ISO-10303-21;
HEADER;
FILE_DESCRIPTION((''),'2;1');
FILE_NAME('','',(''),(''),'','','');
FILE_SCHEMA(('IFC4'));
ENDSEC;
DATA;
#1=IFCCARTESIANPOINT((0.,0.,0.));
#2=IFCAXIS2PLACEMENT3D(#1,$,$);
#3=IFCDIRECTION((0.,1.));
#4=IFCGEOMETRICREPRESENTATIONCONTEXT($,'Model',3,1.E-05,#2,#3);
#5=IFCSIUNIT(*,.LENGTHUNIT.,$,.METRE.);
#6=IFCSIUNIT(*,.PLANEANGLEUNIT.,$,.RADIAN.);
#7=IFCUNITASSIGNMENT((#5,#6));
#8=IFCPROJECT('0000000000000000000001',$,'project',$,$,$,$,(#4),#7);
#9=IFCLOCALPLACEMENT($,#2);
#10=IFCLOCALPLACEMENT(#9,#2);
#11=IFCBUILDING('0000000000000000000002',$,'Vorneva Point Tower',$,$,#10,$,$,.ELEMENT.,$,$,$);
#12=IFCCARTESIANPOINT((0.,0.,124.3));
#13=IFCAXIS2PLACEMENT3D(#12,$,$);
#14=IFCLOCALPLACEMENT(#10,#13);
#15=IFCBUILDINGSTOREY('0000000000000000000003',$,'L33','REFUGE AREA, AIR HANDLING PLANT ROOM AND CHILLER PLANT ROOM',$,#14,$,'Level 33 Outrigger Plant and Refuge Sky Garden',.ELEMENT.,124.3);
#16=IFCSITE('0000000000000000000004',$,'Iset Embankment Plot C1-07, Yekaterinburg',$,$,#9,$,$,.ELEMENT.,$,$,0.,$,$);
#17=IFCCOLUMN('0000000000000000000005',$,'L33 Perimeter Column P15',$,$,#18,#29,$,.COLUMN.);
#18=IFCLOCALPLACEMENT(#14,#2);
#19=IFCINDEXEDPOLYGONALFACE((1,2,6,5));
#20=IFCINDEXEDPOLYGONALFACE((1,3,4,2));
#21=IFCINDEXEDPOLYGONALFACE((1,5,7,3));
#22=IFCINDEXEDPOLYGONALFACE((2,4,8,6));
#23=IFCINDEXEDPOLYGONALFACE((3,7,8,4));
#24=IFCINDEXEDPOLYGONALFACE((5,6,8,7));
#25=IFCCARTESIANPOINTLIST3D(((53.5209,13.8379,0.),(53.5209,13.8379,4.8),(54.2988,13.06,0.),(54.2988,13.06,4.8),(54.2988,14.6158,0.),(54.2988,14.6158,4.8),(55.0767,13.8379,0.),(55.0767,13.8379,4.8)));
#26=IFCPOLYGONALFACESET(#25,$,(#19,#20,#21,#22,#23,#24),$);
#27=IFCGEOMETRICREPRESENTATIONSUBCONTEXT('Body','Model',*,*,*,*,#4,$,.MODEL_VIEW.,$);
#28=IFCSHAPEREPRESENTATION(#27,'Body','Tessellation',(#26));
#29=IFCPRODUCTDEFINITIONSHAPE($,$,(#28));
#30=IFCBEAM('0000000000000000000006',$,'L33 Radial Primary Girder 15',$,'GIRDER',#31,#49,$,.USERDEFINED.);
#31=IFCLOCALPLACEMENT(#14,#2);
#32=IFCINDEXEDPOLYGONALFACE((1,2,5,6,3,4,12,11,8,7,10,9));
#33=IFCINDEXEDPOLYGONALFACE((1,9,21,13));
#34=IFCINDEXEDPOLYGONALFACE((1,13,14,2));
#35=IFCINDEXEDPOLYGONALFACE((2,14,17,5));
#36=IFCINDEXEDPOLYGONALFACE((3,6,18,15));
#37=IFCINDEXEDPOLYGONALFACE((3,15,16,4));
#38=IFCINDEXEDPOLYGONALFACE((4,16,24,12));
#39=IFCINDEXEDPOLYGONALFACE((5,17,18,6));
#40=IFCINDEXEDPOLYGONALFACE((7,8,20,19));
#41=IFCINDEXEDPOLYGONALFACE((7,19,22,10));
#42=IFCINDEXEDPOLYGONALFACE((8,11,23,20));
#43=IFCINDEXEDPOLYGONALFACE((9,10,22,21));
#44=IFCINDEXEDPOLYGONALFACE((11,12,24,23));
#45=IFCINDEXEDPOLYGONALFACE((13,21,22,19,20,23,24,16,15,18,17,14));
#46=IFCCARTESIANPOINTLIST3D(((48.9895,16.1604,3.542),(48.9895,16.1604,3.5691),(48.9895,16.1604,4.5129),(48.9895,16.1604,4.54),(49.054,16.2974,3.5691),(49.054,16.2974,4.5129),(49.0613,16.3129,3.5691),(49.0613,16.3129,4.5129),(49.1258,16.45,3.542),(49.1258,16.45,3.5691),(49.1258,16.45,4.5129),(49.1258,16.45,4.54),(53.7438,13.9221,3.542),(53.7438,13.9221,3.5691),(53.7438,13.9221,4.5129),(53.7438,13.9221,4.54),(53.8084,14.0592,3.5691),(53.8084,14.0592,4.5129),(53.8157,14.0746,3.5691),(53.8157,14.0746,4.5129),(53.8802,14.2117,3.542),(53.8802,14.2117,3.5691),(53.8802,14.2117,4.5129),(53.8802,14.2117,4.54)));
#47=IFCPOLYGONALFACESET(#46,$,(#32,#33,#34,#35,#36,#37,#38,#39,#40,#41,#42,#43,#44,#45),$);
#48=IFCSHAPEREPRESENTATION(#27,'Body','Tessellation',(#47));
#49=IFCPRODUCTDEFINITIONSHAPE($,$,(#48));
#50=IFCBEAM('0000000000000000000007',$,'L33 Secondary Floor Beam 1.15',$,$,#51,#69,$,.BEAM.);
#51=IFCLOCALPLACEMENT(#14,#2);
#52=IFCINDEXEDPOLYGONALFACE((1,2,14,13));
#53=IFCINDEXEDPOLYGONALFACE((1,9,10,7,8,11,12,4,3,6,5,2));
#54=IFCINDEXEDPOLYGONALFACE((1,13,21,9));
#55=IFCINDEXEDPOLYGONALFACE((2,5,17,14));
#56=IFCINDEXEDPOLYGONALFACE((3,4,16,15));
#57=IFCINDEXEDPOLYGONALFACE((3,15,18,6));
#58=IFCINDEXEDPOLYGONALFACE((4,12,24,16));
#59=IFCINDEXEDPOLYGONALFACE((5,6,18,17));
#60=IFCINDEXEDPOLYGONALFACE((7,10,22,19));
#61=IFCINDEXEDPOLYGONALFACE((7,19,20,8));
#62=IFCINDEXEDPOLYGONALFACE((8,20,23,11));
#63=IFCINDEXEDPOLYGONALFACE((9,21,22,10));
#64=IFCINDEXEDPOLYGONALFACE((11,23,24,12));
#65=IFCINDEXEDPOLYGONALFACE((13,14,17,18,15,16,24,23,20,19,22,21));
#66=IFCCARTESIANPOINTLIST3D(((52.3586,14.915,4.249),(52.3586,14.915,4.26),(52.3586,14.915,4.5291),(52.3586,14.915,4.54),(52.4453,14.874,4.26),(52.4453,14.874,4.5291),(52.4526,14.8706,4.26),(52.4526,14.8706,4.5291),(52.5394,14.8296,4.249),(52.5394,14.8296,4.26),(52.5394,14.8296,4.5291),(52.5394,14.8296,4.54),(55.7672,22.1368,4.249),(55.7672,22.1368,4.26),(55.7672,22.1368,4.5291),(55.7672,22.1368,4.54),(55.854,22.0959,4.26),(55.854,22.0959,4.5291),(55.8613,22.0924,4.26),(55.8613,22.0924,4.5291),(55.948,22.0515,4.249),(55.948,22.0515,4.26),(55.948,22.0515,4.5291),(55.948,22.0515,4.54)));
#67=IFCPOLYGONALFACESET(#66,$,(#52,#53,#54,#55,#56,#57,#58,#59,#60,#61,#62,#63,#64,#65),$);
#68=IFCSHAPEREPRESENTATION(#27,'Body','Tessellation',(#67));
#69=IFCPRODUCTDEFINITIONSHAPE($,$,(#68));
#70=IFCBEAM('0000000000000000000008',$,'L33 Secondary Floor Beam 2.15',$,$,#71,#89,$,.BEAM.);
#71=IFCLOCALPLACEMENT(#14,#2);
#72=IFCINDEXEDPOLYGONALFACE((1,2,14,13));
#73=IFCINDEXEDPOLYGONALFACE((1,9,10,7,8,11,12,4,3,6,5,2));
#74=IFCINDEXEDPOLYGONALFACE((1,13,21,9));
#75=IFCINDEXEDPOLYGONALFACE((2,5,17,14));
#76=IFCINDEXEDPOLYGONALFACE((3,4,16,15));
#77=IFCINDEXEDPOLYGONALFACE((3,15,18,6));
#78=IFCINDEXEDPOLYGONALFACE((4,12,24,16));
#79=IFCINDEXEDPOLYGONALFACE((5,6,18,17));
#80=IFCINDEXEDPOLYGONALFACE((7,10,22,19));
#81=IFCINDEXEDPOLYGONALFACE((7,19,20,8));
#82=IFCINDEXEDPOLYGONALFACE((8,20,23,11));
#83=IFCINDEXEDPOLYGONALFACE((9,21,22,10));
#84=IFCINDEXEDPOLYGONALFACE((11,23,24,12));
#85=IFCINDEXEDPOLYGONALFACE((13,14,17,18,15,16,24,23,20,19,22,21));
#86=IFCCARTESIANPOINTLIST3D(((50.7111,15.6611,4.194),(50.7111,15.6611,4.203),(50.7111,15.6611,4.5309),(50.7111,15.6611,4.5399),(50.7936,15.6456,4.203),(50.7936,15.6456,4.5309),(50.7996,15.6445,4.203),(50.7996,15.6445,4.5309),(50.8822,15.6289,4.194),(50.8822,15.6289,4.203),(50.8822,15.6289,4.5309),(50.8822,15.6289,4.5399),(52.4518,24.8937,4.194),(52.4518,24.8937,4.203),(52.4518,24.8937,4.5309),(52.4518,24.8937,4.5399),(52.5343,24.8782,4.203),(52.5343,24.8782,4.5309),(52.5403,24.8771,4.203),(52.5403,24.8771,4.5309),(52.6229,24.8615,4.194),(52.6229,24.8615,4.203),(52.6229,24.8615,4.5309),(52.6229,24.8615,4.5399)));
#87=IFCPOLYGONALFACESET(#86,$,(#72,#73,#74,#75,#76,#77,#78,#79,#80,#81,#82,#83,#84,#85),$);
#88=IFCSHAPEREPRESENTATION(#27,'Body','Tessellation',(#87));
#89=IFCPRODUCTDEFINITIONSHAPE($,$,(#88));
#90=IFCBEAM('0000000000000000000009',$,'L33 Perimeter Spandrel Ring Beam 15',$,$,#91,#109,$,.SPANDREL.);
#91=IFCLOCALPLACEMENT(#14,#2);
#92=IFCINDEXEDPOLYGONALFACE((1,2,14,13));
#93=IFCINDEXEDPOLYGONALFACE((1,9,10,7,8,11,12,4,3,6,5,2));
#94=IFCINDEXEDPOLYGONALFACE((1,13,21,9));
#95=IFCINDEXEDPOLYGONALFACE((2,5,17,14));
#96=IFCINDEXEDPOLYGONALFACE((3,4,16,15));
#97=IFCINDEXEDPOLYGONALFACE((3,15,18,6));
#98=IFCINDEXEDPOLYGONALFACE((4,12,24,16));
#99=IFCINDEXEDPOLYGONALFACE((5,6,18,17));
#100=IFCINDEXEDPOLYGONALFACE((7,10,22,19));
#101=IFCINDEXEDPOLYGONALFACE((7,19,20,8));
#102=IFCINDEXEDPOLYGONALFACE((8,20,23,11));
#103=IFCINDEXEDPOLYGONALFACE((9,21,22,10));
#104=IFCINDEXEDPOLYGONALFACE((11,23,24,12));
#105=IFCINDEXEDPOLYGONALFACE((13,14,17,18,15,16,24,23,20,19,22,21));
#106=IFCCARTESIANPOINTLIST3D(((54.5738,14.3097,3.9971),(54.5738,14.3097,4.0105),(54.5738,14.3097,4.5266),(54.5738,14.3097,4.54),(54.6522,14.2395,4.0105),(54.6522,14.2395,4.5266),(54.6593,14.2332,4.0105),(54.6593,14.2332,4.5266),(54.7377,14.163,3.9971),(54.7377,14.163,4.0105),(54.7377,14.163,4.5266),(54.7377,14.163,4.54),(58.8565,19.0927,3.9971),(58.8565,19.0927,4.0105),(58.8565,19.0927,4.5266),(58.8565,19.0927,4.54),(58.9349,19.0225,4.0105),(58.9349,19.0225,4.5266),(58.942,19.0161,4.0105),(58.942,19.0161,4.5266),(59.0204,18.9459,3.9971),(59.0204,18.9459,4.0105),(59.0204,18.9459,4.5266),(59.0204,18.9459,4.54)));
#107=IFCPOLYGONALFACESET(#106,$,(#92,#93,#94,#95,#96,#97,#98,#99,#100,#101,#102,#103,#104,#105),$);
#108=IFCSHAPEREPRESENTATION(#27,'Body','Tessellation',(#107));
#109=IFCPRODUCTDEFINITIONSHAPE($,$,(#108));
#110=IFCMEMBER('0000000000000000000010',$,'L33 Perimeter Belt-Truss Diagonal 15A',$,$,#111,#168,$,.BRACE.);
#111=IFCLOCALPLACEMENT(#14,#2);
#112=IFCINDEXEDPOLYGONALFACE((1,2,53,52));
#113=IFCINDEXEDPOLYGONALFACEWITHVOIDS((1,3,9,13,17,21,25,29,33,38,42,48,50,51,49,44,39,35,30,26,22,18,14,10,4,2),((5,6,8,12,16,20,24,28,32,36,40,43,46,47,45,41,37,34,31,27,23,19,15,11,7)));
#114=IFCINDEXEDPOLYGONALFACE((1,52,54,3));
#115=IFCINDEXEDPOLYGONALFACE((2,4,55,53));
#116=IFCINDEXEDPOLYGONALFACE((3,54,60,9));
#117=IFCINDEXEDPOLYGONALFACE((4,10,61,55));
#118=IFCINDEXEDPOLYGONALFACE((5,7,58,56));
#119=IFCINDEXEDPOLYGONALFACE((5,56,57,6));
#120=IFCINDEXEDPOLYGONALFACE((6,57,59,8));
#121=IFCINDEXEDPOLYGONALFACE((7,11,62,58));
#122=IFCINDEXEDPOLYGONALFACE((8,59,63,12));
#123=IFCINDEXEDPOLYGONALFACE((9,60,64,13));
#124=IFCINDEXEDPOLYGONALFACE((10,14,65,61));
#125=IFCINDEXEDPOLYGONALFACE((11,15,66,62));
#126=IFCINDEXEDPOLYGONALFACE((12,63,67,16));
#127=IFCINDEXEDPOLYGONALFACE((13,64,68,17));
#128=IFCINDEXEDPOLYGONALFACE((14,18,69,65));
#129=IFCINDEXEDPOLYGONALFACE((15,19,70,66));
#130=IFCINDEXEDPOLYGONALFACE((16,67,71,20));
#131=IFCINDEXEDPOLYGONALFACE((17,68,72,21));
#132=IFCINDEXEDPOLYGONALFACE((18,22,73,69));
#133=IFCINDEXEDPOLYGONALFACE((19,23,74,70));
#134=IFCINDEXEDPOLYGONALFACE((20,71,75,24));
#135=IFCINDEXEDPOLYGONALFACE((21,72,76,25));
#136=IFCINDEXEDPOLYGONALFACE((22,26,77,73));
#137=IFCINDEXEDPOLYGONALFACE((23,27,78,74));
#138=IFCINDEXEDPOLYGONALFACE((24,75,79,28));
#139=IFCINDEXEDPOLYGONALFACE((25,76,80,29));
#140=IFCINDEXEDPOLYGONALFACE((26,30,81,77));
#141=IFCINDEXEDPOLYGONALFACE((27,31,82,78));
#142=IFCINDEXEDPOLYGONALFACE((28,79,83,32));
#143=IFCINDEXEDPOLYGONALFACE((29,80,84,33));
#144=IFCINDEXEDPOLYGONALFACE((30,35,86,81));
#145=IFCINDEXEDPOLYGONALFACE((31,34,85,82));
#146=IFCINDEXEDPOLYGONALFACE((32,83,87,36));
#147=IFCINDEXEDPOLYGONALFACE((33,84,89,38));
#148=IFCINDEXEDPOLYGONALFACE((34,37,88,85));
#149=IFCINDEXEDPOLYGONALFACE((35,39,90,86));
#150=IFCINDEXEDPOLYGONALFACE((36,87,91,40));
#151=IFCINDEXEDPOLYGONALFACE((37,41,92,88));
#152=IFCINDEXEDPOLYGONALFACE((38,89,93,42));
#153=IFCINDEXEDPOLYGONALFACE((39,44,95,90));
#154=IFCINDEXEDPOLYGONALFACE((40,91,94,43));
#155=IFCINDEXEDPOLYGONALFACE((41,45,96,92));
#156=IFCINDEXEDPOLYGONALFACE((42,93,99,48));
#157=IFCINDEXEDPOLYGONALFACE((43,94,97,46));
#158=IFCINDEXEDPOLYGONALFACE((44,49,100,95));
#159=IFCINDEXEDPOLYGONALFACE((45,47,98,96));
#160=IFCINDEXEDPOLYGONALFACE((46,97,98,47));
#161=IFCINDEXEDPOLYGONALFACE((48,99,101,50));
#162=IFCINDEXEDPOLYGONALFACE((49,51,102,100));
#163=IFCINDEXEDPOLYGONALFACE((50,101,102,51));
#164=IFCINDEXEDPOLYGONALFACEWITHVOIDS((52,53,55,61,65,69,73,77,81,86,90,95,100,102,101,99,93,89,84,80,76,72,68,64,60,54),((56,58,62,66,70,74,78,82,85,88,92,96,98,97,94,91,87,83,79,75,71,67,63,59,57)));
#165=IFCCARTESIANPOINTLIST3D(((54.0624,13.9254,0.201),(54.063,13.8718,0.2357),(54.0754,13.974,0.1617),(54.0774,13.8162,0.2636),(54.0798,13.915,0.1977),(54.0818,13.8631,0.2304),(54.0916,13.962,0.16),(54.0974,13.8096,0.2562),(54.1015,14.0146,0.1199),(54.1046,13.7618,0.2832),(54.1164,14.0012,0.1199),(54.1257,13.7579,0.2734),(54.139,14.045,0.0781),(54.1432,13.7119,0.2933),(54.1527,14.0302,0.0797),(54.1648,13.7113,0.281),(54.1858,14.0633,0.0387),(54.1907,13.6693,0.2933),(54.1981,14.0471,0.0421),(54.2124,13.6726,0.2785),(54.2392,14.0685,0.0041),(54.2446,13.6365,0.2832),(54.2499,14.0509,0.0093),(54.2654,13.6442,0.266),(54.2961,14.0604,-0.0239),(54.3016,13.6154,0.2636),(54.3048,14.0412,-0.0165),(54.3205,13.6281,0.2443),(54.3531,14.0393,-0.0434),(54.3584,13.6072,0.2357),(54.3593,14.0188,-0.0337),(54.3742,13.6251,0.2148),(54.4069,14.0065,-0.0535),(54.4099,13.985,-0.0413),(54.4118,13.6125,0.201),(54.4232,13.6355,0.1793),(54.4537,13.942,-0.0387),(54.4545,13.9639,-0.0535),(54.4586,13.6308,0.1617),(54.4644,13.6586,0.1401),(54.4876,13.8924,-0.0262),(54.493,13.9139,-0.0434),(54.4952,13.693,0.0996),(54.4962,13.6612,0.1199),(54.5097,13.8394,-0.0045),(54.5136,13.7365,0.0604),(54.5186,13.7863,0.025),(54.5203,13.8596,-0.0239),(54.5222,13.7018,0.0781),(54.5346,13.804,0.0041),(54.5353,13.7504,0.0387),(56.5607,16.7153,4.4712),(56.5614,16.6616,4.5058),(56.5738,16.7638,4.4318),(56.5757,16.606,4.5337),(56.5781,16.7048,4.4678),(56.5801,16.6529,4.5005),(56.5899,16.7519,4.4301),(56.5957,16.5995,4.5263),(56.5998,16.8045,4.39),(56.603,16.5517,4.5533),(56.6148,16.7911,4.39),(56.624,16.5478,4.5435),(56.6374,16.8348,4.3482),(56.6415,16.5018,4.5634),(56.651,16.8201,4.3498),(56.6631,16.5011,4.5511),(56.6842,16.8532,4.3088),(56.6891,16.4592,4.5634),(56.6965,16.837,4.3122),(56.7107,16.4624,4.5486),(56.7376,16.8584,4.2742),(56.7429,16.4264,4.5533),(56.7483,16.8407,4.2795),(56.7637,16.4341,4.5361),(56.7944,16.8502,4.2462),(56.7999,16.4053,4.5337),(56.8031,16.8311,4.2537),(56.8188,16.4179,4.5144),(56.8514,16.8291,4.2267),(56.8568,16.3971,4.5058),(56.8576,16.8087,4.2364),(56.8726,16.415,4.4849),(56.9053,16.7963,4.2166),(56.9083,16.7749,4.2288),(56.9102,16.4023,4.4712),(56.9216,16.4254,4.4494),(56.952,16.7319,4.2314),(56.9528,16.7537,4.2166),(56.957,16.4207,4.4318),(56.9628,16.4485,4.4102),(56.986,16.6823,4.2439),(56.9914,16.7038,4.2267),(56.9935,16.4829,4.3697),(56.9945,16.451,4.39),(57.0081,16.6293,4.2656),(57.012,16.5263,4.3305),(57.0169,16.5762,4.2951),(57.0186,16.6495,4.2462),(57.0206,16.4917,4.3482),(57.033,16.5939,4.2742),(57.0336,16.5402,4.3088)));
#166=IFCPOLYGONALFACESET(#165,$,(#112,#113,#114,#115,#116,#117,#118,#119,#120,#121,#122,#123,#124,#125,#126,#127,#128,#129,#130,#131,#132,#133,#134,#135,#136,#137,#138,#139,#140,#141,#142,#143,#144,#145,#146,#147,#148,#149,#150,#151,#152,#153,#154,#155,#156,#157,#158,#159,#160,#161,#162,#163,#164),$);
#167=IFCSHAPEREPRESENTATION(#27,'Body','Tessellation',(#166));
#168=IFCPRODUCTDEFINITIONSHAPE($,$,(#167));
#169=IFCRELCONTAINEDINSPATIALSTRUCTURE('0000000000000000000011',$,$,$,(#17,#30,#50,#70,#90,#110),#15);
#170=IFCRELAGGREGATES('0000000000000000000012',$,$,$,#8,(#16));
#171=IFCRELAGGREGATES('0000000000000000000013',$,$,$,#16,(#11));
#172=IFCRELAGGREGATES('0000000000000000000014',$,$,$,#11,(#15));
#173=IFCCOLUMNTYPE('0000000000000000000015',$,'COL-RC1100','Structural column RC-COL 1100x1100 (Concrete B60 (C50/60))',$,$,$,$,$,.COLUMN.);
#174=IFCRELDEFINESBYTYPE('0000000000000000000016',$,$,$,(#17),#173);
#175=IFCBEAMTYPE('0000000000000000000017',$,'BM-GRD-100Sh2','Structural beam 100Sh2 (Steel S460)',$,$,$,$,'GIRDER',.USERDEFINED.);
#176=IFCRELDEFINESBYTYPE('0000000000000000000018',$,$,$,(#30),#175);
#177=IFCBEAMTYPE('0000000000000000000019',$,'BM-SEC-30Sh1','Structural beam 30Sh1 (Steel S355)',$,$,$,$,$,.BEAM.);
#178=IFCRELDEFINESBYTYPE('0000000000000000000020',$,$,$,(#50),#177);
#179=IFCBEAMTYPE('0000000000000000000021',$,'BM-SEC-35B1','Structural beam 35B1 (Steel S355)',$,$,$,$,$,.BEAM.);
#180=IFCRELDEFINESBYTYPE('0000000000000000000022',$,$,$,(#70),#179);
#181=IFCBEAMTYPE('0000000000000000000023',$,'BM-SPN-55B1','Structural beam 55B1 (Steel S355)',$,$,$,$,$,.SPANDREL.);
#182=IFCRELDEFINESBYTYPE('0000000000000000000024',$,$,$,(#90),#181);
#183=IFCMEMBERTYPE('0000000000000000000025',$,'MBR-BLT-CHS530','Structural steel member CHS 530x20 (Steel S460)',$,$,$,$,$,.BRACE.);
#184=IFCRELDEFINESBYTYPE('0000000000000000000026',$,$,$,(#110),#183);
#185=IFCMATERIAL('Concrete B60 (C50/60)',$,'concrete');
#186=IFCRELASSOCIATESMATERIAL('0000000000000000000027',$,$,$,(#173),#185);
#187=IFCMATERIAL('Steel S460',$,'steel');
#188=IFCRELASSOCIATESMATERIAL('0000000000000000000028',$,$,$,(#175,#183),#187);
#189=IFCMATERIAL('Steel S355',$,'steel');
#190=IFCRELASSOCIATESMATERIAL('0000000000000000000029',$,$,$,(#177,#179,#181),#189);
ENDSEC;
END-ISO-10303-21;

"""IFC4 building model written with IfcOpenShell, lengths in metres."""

from ifc_helpers import new_model, si_unit, direction, frame, origin, origin_2d, place, context, subcontext, project, spatial, rectangle, hollow_circle, i_section, extrude, material, material_profile, profile_set, type_object, element, save


model = new_model("IFC4")

# Units and contexts
model_context = context("Model", 3, precision=1e-05, world=origin(), true_north=direction((0.0, 1.0)))
body_context = subcontext(model_context, "Body", "Model", "MODEL_VIEW")
ifc_project = project(units=[si_unit("LENGTHUNIT", "METRE"), si_unit("PLANEANGLEUNIT", "RADIAN")], contexts=[model_context])

# Site, building, storey
site_placement = place(None, origin())
site = spatial("IfcSite", under=ifc_project, at=site_placement, Name="Iset Embankment Plot C1-07, Yekaterinburg", CompositionType="ELEMENT", RefElevation=0.0)
building_placement = place(site_placement, origin())
building = spatial("IfcBuilding", under=site, at=building_placement, Name="Vorneva Point Tower", CompositionType="ELEMENT")
storey_placement = place(building_placement, frame((0.0, 0.0, 124.3)))
storey = spatial("IfcBuildingStorey", under=building, at=storey_placement, Name="L33", Description="REFUGE AREA, AIR HANDLING PLANT ROOM AND CHILLER PLANT ROOM", LongName="Level 33 Outrigger Plant and Refuge Sky Garden", CompositionType="ELEMENT", Elevation=124.3)

# Column
ifc_material_1 = material(Name="Concrete B60 (C50/60)", Category="concrete")
ifc_material_profile_1 = material_profile(ifc_material_1, rectangle(XDim=1.1001, YDim=1.1001, at=origin_2d()), Name="RC-COL 1100x1100")
ifc_profile_set_1 = profile_set([ifc_material_profile_1], Name="Concrete B60 (C50/60)")
column_type = type_object("IfcColumnType", Name="COL-RC1100", Description="Structural column RC-COL 1100x1100 (Concrete B60 (C50/60))", PredefinedType="COLUMN", material=ifc_profile_set_1)
column_placement = place(storey_placement, frame((54.2988, 13.8379, 0.0), z_axis=(0.0, 0.0, 1.0), x_axis=(0.707107, -0.707107, 0.0)))
element("IfcColumn", 1, at=column_placement, inside=storey, type_object=column_type, Name="L33 Perimeter Column P15", PredefinedType="COLUMN", context=body_context, shape_type="SweptSolid", body=[
    extrude(rectangle(XDim=1.1001, YDim=1.1001, at=origin_2d()), origin(), (0.0, 0.0, 1.0), 4.8),
])

# Beams
ifc_material_2 = material(Name="Steel S460", Category="steel")
ifc_material_profile_2 = material_profile(ifc_material_2, i_section(OverallWidth=0.3201, OverallDepth=0.998, WebThickness=0.0171, FlangeThickness=0.0271, at=origin_2d()), Name="100Sh2")
ifc_profile_set_2 = profile_set([ifc_material_profile_2], Name="Steel S460")
beam_type_1 = type_object("IfcBeamType", Name="BM-GRD-100Sh2", Description="Structural beam 100Sh2 (Steel S460)", ElementType="GIRDER", PredefinedType="USERDEFINED", material=ifc_profile_set_2)
beam_1_placement = place(storey_placement, frame((53.812, 14.0669, 4.041), z_axis=(-0.904751, 0.42594, 0.0), x_axis=(-0.42594, -0.904751, 0.0)))
element("IfcBeam", 2, at=beam_1_placement, inside=storey, type_object=beam_type_1, Name="L33 Radial Primary Girder 15", ObjectType="GIRDER", PredefinedType="USERDEFINED", context=body_context, shape_type="SweptSolid", body=[
    extrude(i_section(OverallWidth=0.3201, OverallDepth=0.998, WebThickness=0.0171, FlangeThickness=0.0271, at=origin_2d()), origin(), (0.0, 0.0, 1.0), 5.2549),
])
ifc_material_3 = material(Name="Steel S355", Category="steel")
ifc_material_profile_3 = material_profile(ifc_material_3, i_section(OverallWidth=0.2, OverallDepth=0.291, WebThickness=0.0081, FlangeThickness=0.011, at=origin_2d()), Name="30Sh1")
ifc_profile_set_3 = profile_set([ifc_material_profile_3], Name="Steel S355")
beam_type_2 = type_object("IfcBeamType", Name="BM-SEC-30Sh1", Description="Structural beam 30Sh1 (Steel S355)", PredefinedType="BEAM", material=ifc_profile_set_3)
beam_2_placement = place(storey_placement, frame((52.449, 14.8723, 4.3945), z_axis=(0.426836, 0.904329, 0.0), x_axis=(-0.904329, 0.426836, 0.0)))
element("IfcBeam", 3, at=beam_2_placement, inside=storey, type_object=beam_type_2, Name="L33 Secondary Floor Beam 1.15", PredefinedType="BEAM", context=body_context, shape_type="SweptSolid", body=[
    extrude(i_section(OverallWidth=0.2, OverallDepth=0.291, WebThickness=0.0081, FlangeThickness=0.011, at=origin_2d()), origin(), (0.0, 0.0, 1.0), 7.9858),
])
ifc_material_profile_4 = material_profile(ifc_material_3, i_section(OverallWidth=0.1741, OverallDepth=0.3459, WebThickness=0.0061, FlangeThickness=0.009, at=origin_2d()), Name="35B1")
ifc_profile_set_4 = profile_set([ifc_material_profile_4], Name="Steel S355")
beam_type_3 = type_object("IfcBeamType", Name="BM-SEC-35B1", Description="Structural beam 35B1 (Steel S355)", PredefinedType="BEAM", material=ifc_profile_set_4)
beam_3_placement = place(storey_placement, frame((50.7966, 15.645, 4.3669), z_axis=(0.185275, 0.982687, 0.0), x_axis=(-0.982687, 0.185275, 0.0)))
element("IfcBeam", 4, at=beam_3_placement, inside=storey, type_object=beam_type_3, Name="L33 Secondary Floor Beam 2.15", PredefinedType="BEAM", context=body_context, shape_type="SweptSolid", body=[
    extrude(i_section(OverallWidth=0.1741, OverallDepth=0.3459, WebThickness=0.0061, FlangeThickness=0.009, at=origin_2d()), origin(), (0.0, 0.0, 1.0), 9.3953),
])
ifc_material_profile_5 = material_profile(ifc_material_3, i_section(OverallWidth=0.22, OverallDepth=0.543, WebThickness=0.0095, FlangeThickness=0.0134, at=origin_2d()), Name="55B1")
ifc_profile_set_5 = profile_set([ifc_material_profile_5], Name="Steel S355")
beam_type_4 = type_object("IfcBeamType", Name="BM-SPN-55B1", Description="Structural beam 55B1 (Steel S355)", PredefinedType="SPANDREL", material=ifc_profile_set_5)
beam_4_placement = place(storey_placement, frame((54.6558, 14.2363, 4.2686), z_axis=(0.667074, 0.744992, 0.0), x_axis=(-0.744992, 0.667074, 0.0)))
element("IfcBeam", 5, at=beam_4_placement, inside=storey, type_object=beam_type_4, Name="L33 Perimeter Spandrel Ring Beam 15", PredefinedType="SPANDREL", context=body_context, shape_type="SweptSolid", body=[
    extrude(i_section(OverallWidth=0.22, OverallDepth=0.543, WebThickness=0.0095, FlangeThickness=0.0134, at=origin_2d()), origin(), (0.0, 0.0, 1.0), 6.4202),
])

# Member
ifc_material_profile_6 = material_profile(ifc_material_2, hollow_circle(Radius=0.2649, WallThickness=0.02, at=origin_2d()), Name="CHS 530x20")
ifc_profile_set_6 = profile_set([ifc_material_profile_6], Name="Steel S460")
member_type_1 = type_object("IfcMemberType", Name="MBR-BLT-CHS530", Description="Structural steel member CHS 530x20 (Steel S460)", PredefinedType="BRACE", material=ifc_profile_set_6)
member_1_placement = place(storey_placement, frame((54.2988, 13.8379, 0.1199), z_axis=(0.439874, 0.491199, 0.751821), x_axis=(-0.744955, 0.667115, 0.0)))
element("IfcMember", 6, at=member_1_placement, inside=storey, type_object=member_type_1, Name="L33 Perimeter Belt-Truss Diagonal 15A", PredefinedType="BRACE", context=body_context, shape_type="SweptSolid", body=[
    extrude(hollow_circle(Radius=0.2649, WallThickness=0.02, at=origin_2d()), origin(), (0.0, 0.0, 1.0), 5.6797),
])

save(model, "model.ifc")
